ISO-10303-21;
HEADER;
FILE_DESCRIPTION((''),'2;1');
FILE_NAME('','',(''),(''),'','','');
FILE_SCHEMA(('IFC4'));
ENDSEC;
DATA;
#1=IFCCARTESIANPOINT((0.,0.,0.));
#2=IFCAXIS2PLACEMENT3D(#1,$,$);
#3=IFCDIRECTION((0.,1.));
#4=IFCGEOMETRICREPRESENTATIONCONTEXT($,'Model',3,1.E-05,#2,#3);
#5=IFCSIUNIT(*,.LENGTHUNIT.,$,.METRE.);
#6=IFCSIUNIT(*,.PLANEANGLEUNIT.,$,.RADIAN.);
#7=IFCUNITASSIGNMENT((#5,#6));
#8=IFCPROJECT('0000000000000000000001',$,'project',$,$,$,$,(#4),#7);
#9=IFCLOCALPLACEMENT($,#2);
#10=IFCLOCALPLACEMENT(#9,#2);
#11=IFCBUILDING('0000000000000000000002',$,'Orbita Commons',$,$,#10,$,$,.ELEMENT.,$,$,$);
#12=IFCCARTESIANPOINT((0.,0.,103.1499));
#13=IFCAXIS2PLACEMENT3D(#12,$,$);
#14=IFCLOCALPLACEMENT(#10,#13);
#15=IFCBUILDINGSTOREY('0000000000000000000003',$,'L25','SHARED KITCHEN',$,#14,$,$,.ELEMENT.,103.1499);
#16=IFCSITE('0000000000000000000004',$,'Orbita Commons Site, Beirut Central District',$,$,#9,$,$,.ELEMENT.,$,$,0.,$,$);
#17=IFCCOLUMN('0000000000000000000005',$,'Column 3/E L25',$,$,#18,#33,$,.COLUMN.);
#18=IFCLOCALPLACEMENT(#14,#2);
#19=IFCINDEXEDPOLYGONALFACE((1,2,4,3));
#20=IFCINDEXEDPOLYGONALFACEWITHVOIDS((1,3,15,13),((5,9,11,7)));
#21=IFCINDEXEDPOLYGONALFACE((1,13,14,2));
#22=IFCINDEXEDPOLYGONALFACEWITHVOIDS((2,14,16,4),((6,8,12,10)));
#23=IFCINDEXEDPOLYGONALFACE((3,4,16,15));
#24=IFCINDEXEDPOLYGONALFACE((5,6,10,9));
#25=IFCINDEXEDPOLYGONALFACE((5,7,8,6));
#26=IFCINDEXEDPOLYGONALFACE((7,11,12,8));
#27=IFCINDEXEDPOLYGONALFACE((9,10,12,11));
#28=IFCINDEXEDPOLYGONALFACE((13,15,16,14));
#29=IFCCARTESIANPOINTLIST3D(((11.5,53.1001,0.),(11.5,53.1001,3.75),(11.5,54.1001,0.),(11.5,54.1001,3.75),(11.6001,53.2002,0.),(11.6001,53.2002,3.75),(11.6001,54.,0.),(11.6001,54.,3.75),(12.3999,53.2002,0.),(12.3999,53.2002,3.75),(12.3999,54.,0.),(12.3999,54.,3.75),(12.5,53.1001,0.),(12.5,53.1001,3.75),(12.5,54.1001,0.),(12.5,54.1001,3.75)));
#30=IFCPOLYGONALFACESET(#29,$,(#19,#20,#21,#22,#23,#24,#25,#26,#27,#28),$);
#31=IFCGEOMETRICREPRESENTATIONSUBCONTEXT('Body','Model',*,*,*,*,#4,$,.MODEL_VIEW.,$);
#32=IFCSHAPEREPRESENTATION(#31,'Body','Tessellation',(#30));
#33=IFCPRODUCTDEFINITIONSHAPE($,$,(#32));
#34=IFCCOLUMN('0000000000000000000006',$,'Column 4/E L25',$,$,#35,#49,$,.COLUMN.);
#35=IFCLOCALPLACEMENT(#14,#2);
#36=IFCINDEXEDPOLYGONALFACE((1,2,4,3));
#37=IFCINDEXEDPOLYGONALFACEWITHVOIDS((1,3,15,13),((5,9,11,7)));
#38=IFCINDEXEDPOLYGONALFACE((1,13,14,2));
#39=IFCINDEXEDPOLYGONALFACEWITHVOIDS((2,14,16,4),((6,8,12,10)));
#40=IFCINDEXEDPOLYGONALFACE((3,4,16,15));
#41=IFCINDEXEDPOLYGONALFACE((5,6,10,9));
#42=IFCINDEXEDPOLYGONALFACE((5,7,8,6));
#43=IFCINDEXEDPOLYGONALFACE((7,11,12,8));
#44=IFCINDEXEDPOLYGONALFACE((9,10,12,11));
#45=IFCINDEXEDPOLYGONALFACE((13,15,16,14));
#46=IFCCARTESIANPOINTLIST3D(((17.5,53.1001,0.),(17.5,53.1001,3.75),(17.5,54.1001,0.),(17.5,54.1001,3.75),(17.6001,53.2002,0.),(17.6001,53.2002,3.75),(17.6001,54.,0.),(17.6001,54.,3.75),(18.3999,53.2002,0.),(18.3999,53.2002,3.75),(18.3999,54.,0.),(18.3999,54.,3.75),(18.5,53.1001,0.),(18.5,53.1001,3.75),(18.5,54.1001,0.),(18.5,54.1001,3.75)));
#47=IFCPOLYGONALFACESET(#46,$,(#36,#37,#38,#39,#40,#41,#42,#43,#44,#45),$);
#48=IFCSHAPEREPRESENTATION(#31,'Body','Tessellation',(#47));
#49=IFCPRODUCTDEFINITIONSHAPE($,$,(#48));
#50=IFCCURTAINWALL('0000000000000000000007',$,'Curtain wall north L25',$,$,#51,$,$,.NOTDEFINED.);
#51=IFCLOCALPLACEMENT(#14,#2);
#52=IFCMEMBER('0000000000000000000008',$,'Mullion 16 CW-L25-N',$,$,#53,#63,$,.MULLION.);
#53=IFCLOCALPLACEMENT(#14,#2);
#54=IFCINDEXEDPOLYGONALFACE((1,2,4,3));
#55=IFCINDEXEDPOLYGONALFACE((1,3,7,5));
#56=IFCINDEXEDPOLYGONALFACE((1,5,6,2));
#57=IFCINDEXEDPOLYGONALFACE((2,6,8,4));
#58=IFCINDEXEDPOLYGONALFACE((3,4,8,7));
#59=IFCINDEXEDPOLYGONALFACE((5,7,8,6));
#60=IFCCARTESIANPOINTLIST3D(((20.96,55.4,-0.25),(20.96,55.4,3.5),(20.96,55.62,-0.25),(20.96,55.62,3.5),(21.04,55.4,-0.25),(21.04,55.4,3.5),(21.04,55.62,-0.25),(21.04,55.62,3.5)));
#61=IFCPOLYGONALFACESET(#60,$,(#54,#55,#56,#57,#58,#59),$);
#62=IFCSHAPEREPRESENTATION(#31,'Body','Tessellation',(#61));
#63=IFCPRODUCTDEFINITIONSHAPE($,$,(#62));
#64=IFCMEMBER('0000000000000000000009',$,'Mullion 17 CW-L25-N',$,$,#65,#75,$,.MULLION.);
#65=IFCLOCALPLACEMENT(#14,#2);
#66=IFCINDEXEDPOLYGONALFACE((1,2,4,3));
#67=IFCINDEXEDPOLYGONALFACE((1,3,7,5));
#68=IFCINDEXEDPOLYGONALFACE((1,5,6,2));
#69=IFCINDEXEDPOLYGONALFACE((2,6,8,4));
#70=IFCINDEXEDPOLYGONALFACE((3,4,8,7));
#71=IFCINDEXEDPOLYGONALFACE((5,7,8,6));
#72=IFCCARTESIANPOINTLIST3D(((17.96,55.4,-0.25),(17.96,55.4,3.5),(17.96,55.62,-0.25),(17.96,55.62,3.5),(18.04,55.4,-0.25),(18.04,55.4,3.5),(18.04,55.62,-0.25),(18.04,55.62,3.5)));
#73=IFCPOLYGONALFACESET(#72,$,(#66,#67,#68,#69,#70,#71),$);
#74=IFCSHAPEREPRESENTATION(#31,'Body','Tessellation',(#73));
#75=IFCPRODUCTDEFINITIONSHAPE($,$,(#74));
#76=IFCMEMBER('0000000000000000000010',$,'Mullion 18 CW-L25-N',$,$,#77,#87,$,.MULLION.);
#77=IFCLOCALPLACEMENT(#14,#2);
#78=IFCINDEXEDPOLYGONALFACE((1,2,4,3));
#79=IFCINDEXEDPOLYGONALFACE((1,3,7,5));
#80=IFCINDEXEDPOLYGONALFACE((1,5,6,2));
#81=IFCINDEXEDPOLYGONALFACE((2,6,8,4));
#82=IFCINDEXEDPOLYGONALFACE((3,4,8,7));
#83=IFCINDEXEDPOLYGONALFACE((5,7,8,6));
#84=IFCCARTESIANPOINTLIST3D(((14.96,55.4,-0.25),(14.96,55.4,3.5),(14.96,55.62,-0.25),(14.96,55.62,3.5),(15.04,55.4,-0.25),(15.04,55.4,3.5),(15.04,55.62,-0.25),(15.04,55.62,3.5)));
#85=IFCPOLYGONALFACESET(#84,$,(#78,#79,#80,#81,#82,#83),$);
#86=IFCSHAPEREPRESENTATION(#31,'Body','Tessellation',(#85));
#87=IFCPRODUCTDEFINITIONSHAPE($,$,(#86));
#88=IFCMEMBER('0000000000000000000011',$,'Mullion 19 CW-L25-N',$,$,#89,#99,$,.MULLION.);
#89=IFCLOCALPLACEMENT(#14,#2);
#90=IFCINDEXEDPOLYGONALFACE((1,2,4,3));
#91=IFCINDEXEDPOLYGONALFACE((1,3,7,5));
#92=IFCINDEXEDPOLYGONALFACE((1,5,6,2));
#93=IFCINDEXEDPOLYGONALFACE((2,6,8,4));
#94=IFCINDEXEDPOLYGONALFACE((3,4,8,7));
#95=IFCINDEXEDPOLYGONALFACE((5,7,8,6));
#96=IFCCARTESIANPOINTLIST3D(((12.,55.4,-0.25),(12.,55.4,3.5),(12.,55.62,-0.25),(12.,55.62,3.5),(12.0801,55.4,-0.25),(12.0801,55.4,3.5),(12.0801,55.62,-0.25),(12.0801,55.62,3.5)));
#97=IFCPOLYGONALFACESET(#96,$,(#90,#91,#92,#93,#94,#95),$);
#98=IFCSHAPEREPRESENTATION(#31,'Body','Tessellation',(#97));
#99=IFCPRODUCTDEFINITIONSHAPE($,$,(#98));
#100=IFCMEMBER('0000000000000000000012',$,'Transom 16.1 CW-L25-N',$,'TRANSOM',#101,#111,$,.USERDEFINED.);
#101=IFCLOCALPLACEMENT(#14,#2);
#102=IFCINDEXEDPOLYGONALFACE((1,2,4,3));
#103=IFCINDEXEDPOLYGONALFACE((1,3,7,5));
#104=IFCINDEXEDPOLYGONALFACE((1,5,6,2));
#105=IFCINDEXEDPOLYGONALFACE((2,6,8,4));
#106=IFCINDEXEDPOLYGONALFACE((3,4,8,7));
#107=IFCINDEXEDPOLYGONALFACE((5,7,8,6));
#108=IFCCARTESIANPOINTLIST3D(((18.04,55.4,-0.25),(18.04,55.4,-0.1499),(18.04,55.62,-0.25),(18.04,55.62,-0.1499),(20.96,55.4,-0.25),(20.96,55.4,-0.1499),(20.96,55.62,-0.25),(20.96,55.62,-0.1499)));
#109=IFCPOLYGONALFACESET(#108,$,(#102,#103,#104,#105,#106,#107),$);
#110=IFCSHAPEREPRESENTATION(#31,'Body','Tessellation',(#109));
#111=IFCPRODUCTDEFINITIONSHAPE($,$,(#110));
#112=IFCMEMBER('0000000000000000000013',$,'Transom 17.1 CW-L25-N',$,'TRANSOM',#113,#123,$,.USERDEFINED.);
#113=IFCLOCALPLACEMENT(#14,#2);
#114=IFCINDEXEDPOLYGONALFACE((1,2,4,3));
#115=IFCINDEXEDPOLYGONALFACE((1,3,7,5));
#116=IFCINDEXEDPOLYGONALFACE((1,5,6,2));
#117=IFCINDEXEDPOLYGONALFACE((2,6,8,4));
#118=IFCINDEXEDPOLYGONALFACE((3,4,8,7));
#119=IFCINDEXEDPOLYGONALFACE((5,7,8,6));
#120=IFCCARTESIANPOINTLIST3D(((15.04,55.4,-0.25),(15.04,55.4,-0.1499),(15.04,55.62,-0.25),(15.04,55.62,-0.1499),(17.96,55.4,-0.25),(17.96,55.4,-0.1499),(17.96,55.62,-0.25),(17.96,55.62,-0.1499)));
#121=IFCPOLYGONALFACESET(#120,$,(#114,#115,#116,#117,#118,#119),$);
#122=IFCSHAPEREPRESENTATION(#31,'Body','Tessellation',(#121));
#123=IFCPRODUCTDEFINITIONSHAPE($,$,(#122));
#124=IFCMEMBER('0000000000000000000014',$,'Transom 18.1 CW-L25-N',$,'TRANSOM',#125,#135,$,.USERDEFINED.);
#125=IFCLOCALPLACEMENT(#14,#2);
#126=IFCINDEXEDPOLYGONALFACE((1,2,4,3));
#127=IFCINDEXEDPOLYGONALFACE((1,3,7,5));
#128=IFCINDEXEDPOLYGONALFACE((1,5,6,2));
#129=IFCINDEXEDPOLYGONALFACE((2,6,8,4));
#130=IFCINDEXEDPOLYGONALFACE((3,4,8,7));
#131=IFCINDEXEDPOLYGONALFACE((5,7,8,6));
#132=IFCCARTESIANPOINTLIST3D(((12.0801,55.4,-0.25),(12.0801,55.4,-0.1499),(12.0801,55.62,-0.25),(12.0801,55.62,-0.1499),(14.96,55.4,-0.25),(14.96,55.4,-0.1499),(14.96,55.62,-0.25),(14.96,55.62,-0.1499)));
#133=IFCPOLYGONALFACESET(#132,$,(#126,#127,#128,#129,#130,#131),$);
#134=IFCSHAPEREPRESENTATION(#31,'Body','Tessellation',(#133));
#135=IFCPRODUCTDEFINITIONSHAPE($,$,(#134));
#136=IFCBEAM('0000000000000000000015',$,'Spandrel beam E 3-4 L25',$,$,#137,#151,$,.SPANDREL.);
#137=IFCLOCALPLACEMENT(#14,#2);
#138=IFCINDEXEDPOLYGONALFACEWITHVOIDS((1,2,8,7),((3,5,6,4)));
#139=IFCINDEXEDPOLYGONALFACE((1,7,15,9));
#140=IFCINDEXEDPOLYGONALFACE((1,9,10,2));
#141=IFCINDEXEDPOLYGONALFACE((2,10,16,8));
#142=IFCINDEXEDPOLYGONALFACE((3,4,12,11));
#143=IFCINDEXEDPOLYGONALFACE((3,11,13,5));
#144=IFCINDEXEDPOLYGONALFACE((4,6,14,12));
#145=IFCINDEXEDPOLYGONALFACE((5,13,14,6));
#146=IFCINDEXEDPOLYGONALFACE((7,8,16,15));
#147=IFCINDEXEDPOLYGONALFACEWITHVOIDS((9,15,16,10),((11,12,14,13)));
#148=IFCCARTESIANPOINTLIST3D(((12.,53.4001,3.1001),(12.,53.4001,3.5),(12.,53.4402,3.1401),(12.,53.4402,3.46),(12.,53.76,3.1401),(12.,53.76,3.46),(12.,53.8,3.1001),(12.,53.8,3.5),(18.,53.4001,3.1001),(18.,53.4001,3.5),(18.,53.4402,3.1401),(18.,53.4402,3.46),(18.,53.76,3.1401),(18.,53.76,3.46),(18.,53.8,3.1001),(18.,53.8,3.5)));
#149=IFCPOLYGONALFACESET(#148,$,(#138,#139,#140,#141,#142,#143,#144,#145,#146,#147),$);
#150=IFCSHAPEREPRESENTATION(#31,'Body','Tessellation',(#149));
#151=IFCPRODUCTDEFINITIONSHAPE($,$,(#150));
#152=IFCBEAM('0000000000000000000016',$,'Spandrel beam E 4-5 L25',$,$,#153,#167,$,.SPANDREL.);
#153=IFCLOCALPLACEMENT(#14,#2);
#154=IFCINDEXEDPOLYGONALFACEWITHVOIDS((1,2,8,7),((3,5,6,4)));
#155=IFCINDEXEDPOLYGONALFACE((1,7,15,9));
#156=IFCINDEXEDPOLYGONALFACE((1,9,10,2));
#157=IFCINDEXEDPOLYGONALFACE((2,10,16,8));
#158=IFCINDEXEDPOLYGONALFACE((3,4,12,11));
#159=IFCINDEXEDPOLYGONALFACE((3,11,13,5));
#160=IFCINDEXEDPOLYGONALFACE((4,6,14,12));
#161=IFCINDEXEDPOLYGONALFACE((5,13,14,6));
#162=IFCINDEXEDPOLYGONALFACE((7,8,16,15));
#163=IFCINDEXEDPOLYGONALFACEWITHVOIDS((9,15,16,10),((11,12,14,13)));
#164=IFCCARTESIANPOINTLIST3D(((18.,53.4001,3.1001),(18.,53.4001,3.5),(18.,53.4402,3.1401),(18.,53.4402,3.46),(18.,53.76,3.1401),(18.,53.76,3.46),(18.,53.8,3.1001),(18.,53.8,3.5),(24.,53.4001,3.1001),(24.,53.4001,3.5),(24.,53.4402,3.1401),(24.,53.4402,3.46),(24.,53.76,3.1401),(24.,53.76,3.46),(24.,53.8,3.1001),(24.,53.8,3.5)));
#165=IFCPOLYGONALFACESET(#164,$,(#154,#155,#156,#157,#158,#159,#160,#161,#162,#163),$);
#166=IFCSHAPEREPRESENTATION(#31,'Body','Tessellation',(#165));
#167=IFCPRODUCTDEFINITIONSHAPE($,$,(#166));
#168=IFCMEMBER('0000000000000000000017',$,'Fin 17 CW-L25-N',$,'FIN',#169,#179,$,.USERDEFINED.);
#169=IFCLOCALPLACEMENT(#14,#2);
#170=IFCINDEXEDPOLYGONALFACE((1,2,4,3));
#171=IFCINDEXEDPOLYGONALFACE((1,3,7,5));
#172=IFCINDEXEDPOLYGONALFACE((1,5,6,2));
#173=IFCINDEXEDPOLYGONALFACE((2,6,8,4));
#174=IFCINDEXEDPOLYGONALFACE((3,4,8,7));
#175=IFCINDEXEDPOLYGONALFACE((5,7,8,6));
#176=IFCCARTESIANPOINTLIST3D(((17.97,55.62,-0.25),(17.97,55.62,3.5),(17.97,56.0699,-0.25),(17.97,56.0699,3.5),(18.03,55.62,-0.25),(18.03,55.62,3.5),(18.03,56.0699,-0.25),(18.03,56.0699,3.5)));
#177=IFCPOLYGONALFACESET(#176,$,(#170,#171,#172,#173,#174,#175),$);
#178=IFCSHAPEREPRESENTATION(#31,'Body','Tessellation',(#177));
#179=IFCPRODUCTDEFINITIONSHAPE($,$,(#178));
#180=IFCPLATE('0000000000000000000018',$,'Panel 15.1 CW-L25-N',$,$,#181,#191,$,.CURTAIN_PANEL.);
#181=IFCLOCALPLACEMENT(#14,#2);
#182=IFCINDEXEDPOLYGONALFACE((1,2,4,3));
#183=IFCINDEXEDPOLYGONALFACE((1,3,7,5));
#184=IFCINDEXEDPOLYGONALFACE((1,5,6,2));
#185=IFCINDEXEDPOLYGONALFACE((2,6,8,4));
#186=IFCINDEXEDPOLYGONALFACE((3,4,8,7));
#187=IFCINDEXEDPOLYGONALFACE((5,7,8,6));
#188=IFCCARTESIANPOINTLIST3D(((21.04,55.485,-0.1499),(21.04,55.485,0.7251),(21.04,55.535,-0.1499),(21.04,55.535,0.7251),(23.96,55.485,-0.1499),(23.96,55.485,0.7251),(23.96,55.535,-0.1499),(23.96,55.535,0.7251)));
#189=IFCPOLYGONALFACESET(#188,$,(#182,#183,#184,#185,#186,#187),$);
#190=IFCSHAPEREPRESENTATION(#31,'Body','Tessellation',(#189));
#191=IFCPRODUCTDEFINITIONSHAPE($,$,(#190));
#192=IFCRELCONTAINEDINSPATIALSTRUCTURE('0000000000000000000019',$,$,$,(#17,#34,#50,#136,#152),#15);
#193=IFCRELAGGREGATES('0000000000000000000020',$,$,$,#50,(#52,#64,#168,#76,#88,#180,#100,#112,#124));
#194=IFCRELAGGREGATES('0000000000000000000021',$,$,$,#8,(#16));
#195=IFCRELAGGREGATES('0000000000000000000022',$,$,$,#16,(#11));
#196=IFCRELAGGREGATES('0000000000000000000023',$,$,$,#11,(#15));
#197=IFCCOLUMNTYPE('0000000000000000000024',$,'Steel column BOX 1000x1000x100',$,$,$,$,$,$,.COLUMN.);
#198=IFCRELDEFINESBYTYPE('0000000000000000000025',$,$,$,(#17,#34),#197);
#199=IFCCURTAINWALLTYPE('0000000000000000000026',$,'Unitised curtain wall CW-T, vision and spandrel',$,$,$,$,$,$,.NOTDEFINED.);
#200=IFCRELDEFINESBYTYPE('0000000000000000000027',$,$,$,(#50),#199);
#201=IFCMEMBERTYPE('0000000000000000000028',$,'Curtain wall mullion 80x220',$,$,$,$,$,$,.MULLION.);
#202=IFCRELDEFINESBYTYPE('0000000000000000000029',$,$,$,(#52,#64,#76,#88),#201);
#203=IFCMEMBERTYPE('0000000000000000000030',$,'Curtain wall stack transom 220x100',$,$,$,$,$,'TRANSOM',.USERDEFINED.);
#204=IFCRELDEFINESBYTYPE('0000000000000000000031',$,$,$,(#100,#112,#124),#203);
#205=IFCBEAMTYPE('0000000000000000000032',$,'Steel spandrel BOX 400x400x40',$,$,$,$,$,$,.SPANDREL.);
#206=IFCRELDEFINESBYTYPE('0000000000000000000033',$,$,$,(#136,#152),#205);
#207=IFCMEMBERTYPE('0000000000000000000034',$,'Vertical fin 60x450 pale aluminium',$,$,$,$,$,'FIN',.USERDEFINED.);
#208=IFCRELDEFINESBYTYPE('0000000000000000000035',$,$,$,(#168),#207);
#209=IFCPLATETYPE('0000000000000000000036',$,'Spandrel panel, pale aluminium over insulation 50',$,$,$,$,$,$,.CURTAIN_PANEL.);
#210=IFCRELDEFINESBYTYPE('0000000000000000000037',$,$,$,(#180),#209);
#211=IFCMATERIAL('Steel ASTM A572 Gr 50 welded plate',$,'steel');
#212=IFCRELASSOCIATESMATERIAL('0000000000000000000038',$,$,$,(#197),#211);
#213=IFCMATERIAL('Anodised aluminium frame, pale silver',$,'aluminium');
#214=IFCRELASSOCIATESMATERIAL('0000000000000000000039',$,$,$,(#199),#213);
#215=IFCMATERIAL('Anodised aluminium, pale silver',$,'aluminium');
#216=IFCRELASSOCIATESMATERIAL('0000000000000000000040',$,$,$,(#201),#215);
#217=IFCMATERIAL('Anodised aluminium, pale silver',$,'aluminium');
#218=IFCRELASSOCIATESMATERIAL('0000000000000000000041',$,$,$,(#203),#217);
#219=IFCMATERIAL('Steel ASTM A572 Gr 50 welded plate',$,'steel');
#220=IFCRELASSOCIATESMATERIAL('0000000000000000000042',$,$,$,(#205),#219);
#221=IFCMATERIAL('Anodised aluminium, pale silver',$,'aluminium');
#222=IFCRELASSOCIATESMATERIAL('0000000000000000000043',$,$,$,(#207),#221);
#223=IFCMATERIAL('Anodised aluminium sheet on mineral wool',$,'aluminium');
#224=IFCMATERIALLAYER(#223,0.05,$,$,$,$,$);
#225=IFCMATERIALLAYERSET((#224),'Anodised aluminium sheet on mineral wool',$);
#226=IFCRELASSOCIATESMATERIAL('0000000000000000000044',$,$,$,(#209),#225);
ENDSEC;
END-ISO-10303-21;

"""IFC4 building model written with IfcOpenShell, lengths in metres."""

from ifc_helpers import new_model, si_unit, direction, frame, origin, origin_2d, place, context, subcontext, project, spatial, rectangle, hollow_rectangle, extrude, material, layer, layer_set, material_profile, profile_set, type_object, element, aggregate, save


model = new_model("IFC4")

# Units and contexts
model_context = context("Model", 3, precision=1e-05, world=origin(), true_north=direction((0.0, 1.0)))
body_context = subcontext(model_context, "Body", "Model", "MODEL_VIEW")
ifc_project = project(units=[si_unit("LENGTHUNIT", "METRE"), si_unit("PLANEANGLEUNIT", "RADIAN")], contexts=[model_context])

# Site, building, storey
site_placement = place(None, origin())
site = spatial("IfcSite", under=ifc_project, at=site_placement, Name="Orbita Commons Site, Beirut Central District", CompositionType="ELEMENT", RefElevation=0.0)
building_placement = place(site_placement, origin())
building = spatial("IfcBuilding", under=site, at=building_placement, Name="Orbita Commons", CompositionType="ELEMENT")
storey_placement = place(building_placement, frame((0.0, 0.0, 103.1499)))
storey = spatial("IfcBuildingStorey", under=building, at=storey_placement, Name="L25", Description="SHARED KITCHEN", CompositionType="ELEMENT", Elevation=103.1499)

# Columns
ifc_material_1 = material(Name="Steel ASTM A572 Gr 50 welded plate", Category="steel")
ifc_material_profile_1 = material_profile(ifc_material_1, hollow_rectangle(XDim=1.0, YDim=1.0, WallThickness=0.1001, at=origin_2d()), Name="BOX 1000x1000x100")
ifc_profile_set_1 = profile_set([ifc_material_profile_1], Name="Steel ASTM A572 Gr 50 welded plate")
column_type = type_object("IfcColumnType", Name="Steel column BOX 1000x1000x100", PredefinedType="COLUMN", material=ifc_profile_set_1)
for number, where, z_axis, x_axis, name in (
    (1, (12.0, 53.6001, 0.0), (0.0, 0.0, 1.0), (1.0, 0.0, 0.0), "Column 3/E L25"),
    (2, (18.0, 53.6001, 0.0), (0.0, 0.0, 1.0), (1.0, 0.0, 0.0), "Column 4/E L25"),
):
    element("IfcColumn", number, at=place(storey_placement, frame(where, z_axis=z_axis, x_axis=x_axis)), inside=storey, type_object=column_type, Name=name, PredefinedType="COLUMN", context=body_context, shape_type="SweptSolid", body=[
        extrude(hollow_rectangle(XDim=1.0, YDim=1.0, WallThickness=0.1001, at=origin_2d()), origin(), (0.0, 0.0, 1.0), 3.75),
    ])

# Curtain wall, members
ifc_material_2 = material(Name="Anodised aluminium frame, pale silver", Category="aluminium")
curtain_wall_type = type_object("IfcCurtainWallType", Name="Unitised curtain wall CW-T, vision and spandrel", PredefinedType="NOTDEFINED", material=ifc_material_2)
curtain_wall_placement = place(storey_placement, origin())
curtain_wall = element("IfcCurtainWall", 3, at=curtain_wall_placement, inside=storey, type_object=curtain_wall_type, Name="Curtain wall north L25", PredefinedType="NOTDEFINED")
ifc_material_3 = material(Name="Anodised aluminium, pale silver", Category="aluminium")
ifc_material_profile_2 = material_profile(ifc_material_3, rectangle(XDim=0.0801, YDim=0.22, at=origin_2d()), Name="AL 80x220")
ifc_profile_set_2 = profile_set([ifc_material_profile_2], Name="Anodised aluminium, pale silver")
member_type_1 = type_object("IfcMemberType", Name="Curtain wall mullion 80x220", PredefinedType="MULLION", material=ifc_profile_set_2)
member_1_placement = place(storey_placement, frame((21.0, 55.51, -0.25), z_axis=(0.0, 0.0, 1.0), x_axis=(-1.0, 0.0, 0.0)))
member_1 = element("IfcMember", 4, at=member_1_placement, type_object=member_type_1, Name="Mullion 16 CW-L25-N", PredefinedType="MULLION", context=body_context, shape_type="SweptSolid", body=[
    extrude(rectangle(XDim=0.0801, YDim=0.22, at=origin_2d()), origin(), (0.0, 0.0, 1.0), 3.75),
])
member_2_placement = place(storey_placement, frame((18.0, 55.51, -0.25), z_axis=(0.0, 0.0, 1.0), x_axis=(-1.0, 0.0, 0.0)))
member_2 = element("IfcMember", 5, at=member_2_placement, type_object=member_type_1, Name="Mullion 17 CW-L25-N", PredefinedType="MULLION", context=body_context, shape_type="SweptSolid", body=[
    extrude(rectangle(XDim=0.0801, YDim=0.22, at=origin_2d()), origin(), (0.0, 0.0, 1.0), 3.75),
])
member_3_placement = place(storey_placement, frame((15.0, 55.51, -0.25), z_axis=(0.0, 0.0, 1.0), x_axis=(-1.0, 0.0, 0.0)))
member_3 = element("IfcMember", 6, at=member_3_placement, type_object=member_type_1, Name="Mullion 18 CW-L25-N", PredefinedType="MULLION", context=body_context, shape_type="SweptSolid", body=[
    extrude(rectangle(XDim=0.0801, YDim=0.22, at=origin_2d()), origin(), (0.0, 0.0, 1.0), 3.75),
])
member_4_placement = place(storey_placement, frame((12.04, 55.51, -0.25), z_axis=(0.0, 0.0, 1.0), x_axis=(-1.0, 0.0, 0.0)))
member_4 = element("IfcMember", 7, at=member_4_placement, type_object=member_type_1, Name="Mullion 19 CW-L25-N", PredefinedType="MULLION", context=body_context, shape_type="SweptSolid", body=[
    extrude(rectangle(XDim=0.0801, YDim=0.22, at=origin_2d()), origin(), (0.0, 0.0, 1.0), 3.75),
])
ifc_material_4 = material(Name="Anodised aluminium, pale silver", Category="aluminium")
ifc_material_profile_3 = material_profile(ifc_material_4, rectangle(XDim=0.22, YDim=0.1001, at=origin_2d()), Name="AL 220x100")
ifc_profile_set_3 = profile_set([ifc_material_profile_3], Name="Anodised aluminium, pale silver")
member_type_2 = type_object("IfcMemberType", Name="Curtain wall stack transom 220x100", ElementType="TRANSOM", PredefinedType="USERDEFINED", material=ifc_profile_set_3)
member_5_placement = place(storey_placement, frame((20.96, 55.51, -0.2), z_axis=(-1.0, 0.0, 0.0), x_axis=(0.0, -1.0, 0.0)))
member_5 = element("IfcMember", 8, at=member_5_placement, type_object=member_type_2, Name="Transom 16.1 CW-L25-N", ObjectType="TRANSOM", PredefinedType="USERDEFINED", context=body_context, shape_type="SweptSolid", body=[
    extrude(rectangle(XDim=0.22, YDim=0.1001, at=origin_2d()), origin(), (0.0, 0.0, 1.0), 2.9199),
])
member_6_placement = place(storey_placement, frame((17.96, 55.51, -0.2), z_axis=(-1.0, 0.0, 0.0), x_axis=(0.0, -1.0, 0.0)))
member_6 = element("IfcMember", 9, at=member_6_placement, type_object=member_type_2, Name="Transom 17.1 CW-L25-N", ObjectType="TRANSOM", PredefinedType="USERDEFINED", context=body_context, shape_type="SweptSolid", body=[
    extrude(rectangle(XDim=0.22, YDim=0.1001, at=origin_2d()), origin(), (0.0, 0.0, 1.0), 2.9199),
])
member_7_placement = place(storey_placement, frame((14.96, 55.51, -0.2), z_axis=(-1.0, 0.0, 0.0), x_axis=(0.0, -1.0, 0.0)))
member_7 = element("IfcMember", 10, at=member_7_placement, type_object=member_type_2, Name="Transom 18.1 CW-L25-N", ObjectType="TRANSOM", PredefinedType="USERDEFINED", context=body_context, shape_type="SweptSolid", body=[
    extrude(rectangle(XDim=0.22, YDim=0.1001, at=origin_2d()), origin(), (0.0, 0.0, 1.0), 2.8799),
])

# Beams
ifc_material_5 = material(Name="Steel ASTM A572 Gr 50 welded plate", Category="steel")
ifc_material_profile_4 = material_profile(ifc_material_5, hollow_rectangle(XDim=0.3999, YDim=0.3999, WallThickness=0.04, at=origin_2d()), Name="BOX 400x400x40")
ifc_profile_set_4 = profile_set([ifc_material_profile_4], Name="Steel ASTM A572 Gr 50 welded plate")
beam_type = type_object("IfcBeamType", Name="Steel spandrel BOX 400x400x40", PredefinedType="SPANDREL", material=ifc_profile_set_4)
for number, where, z_axis, x_axis, name in (
    (11, (12.0, 53.6001, 3.3), (1.0, 0.0, 0.0), (0.0, 1.0, 0.0), "Spandrel beam E 3-4 L25"),
    (12, (18.0, 53.6001, 3.3), (1.0, 0.0, 0.0), (0.0, 1.0, 0.0), "Spandrel beam E 4-5 L25"),
):
    element("IfcBeam", number, at=place(storey_placement, frame(where, z_axis=z_axis, x_axis=x_axis)), inside=storey, type_object=beam_type, Name=name, PredefinedType="SPANDREL", context=body_context, shape_type="SweptSolid", body=[
        extrude(hollow_rectangle(XDim=0.3999, YDim=0.3999, WallThickness=0.04, at=origin_2d()), origin(), (0.0, 0.0, 1.0), 6.0),
    ])

# Member
ifc_material_6 = material(Name="Anodised aluminium, pale silver", Category="aluminium")
ifc_material_profile_5 = material_profile(ifc_material_6, rectangle(XDim=0.0601, YDim=0.45, at=origin_2d()), Name="FIN 60x450")
ifc_profile_set_5 = profile_set([ifc_material_profile_5], Name="Anodised aluminium, pale silver")
member_type_3 = type_object("IfcMemberType", Name="Vertical fin 60x450 pale aluminium", ElementType="FIN", PredefinedType="USERDEFINED", material=ifc_profile_set_5)
member_8_placement = place(storey_placement, frame((18.0, 55.845, -0.25), z_axis=(0.0, 0.0, 1.0), x_axis=(-1.0, 0.0, 0.0)))
member_8 = element("IfcMember", 13, at=member_8_placement, type_object=member_type_3, Name="Fin 17 CW-L25-N", ObjectType="FIN", PredefinedType="USERDEFINED", context=body_context, shape_type="SweptSolid", body=[
    extrude(rectangle(XDim=0.0601, YDim=0.45, at=origin_2d()), origin(), (0.0, 0.0, 1.0), 3.75),
])

# Plate
ifc_material_7 = material(Name="Anodised aluminium sheet on mineral wool", Category="aluminium")
ifc_layer_1 = layer(ifc_material_7, 0.05)
ifc_layer_set_1 = layer_set([ifc_layer_1], Name="Anodised aluminium sheet on mineral wool")
plate_type_1 = type_object("IfcPlateType", Name="Spandrel panel, pale aluminium over insulation 50", PredefinedType="CURTAIN_PANEL", material=ifc_layer_set_1)
plate_1_placement = place(storey_placement, frame((22.5, 55.51, -0.1499), z_axis=(0.0, 0.0, 1.0), x_axis=(-1.0, 0.0, 0.0)))
plate_1 = element("IfcPlate", 14, at=plate_1_placement, type_object=plate_type_1, Name="Panel 15.1 CW-L25-N", PredefinedType="CURTAIN_PANEL", context=body_context, shape_type="SweptSolid", body=[
    extrude(rectangle(XDim=2.9199, YDim=0.05, at=origin_2d()), origin(), (0.0, 0.0, 1.0), 0.875),
])
aggregate(curtain_wall, [member_1, member_2, member_8, member_3, member_4, plate_1, member_5, member_6, member_7])

save(model, "model.ifc")
